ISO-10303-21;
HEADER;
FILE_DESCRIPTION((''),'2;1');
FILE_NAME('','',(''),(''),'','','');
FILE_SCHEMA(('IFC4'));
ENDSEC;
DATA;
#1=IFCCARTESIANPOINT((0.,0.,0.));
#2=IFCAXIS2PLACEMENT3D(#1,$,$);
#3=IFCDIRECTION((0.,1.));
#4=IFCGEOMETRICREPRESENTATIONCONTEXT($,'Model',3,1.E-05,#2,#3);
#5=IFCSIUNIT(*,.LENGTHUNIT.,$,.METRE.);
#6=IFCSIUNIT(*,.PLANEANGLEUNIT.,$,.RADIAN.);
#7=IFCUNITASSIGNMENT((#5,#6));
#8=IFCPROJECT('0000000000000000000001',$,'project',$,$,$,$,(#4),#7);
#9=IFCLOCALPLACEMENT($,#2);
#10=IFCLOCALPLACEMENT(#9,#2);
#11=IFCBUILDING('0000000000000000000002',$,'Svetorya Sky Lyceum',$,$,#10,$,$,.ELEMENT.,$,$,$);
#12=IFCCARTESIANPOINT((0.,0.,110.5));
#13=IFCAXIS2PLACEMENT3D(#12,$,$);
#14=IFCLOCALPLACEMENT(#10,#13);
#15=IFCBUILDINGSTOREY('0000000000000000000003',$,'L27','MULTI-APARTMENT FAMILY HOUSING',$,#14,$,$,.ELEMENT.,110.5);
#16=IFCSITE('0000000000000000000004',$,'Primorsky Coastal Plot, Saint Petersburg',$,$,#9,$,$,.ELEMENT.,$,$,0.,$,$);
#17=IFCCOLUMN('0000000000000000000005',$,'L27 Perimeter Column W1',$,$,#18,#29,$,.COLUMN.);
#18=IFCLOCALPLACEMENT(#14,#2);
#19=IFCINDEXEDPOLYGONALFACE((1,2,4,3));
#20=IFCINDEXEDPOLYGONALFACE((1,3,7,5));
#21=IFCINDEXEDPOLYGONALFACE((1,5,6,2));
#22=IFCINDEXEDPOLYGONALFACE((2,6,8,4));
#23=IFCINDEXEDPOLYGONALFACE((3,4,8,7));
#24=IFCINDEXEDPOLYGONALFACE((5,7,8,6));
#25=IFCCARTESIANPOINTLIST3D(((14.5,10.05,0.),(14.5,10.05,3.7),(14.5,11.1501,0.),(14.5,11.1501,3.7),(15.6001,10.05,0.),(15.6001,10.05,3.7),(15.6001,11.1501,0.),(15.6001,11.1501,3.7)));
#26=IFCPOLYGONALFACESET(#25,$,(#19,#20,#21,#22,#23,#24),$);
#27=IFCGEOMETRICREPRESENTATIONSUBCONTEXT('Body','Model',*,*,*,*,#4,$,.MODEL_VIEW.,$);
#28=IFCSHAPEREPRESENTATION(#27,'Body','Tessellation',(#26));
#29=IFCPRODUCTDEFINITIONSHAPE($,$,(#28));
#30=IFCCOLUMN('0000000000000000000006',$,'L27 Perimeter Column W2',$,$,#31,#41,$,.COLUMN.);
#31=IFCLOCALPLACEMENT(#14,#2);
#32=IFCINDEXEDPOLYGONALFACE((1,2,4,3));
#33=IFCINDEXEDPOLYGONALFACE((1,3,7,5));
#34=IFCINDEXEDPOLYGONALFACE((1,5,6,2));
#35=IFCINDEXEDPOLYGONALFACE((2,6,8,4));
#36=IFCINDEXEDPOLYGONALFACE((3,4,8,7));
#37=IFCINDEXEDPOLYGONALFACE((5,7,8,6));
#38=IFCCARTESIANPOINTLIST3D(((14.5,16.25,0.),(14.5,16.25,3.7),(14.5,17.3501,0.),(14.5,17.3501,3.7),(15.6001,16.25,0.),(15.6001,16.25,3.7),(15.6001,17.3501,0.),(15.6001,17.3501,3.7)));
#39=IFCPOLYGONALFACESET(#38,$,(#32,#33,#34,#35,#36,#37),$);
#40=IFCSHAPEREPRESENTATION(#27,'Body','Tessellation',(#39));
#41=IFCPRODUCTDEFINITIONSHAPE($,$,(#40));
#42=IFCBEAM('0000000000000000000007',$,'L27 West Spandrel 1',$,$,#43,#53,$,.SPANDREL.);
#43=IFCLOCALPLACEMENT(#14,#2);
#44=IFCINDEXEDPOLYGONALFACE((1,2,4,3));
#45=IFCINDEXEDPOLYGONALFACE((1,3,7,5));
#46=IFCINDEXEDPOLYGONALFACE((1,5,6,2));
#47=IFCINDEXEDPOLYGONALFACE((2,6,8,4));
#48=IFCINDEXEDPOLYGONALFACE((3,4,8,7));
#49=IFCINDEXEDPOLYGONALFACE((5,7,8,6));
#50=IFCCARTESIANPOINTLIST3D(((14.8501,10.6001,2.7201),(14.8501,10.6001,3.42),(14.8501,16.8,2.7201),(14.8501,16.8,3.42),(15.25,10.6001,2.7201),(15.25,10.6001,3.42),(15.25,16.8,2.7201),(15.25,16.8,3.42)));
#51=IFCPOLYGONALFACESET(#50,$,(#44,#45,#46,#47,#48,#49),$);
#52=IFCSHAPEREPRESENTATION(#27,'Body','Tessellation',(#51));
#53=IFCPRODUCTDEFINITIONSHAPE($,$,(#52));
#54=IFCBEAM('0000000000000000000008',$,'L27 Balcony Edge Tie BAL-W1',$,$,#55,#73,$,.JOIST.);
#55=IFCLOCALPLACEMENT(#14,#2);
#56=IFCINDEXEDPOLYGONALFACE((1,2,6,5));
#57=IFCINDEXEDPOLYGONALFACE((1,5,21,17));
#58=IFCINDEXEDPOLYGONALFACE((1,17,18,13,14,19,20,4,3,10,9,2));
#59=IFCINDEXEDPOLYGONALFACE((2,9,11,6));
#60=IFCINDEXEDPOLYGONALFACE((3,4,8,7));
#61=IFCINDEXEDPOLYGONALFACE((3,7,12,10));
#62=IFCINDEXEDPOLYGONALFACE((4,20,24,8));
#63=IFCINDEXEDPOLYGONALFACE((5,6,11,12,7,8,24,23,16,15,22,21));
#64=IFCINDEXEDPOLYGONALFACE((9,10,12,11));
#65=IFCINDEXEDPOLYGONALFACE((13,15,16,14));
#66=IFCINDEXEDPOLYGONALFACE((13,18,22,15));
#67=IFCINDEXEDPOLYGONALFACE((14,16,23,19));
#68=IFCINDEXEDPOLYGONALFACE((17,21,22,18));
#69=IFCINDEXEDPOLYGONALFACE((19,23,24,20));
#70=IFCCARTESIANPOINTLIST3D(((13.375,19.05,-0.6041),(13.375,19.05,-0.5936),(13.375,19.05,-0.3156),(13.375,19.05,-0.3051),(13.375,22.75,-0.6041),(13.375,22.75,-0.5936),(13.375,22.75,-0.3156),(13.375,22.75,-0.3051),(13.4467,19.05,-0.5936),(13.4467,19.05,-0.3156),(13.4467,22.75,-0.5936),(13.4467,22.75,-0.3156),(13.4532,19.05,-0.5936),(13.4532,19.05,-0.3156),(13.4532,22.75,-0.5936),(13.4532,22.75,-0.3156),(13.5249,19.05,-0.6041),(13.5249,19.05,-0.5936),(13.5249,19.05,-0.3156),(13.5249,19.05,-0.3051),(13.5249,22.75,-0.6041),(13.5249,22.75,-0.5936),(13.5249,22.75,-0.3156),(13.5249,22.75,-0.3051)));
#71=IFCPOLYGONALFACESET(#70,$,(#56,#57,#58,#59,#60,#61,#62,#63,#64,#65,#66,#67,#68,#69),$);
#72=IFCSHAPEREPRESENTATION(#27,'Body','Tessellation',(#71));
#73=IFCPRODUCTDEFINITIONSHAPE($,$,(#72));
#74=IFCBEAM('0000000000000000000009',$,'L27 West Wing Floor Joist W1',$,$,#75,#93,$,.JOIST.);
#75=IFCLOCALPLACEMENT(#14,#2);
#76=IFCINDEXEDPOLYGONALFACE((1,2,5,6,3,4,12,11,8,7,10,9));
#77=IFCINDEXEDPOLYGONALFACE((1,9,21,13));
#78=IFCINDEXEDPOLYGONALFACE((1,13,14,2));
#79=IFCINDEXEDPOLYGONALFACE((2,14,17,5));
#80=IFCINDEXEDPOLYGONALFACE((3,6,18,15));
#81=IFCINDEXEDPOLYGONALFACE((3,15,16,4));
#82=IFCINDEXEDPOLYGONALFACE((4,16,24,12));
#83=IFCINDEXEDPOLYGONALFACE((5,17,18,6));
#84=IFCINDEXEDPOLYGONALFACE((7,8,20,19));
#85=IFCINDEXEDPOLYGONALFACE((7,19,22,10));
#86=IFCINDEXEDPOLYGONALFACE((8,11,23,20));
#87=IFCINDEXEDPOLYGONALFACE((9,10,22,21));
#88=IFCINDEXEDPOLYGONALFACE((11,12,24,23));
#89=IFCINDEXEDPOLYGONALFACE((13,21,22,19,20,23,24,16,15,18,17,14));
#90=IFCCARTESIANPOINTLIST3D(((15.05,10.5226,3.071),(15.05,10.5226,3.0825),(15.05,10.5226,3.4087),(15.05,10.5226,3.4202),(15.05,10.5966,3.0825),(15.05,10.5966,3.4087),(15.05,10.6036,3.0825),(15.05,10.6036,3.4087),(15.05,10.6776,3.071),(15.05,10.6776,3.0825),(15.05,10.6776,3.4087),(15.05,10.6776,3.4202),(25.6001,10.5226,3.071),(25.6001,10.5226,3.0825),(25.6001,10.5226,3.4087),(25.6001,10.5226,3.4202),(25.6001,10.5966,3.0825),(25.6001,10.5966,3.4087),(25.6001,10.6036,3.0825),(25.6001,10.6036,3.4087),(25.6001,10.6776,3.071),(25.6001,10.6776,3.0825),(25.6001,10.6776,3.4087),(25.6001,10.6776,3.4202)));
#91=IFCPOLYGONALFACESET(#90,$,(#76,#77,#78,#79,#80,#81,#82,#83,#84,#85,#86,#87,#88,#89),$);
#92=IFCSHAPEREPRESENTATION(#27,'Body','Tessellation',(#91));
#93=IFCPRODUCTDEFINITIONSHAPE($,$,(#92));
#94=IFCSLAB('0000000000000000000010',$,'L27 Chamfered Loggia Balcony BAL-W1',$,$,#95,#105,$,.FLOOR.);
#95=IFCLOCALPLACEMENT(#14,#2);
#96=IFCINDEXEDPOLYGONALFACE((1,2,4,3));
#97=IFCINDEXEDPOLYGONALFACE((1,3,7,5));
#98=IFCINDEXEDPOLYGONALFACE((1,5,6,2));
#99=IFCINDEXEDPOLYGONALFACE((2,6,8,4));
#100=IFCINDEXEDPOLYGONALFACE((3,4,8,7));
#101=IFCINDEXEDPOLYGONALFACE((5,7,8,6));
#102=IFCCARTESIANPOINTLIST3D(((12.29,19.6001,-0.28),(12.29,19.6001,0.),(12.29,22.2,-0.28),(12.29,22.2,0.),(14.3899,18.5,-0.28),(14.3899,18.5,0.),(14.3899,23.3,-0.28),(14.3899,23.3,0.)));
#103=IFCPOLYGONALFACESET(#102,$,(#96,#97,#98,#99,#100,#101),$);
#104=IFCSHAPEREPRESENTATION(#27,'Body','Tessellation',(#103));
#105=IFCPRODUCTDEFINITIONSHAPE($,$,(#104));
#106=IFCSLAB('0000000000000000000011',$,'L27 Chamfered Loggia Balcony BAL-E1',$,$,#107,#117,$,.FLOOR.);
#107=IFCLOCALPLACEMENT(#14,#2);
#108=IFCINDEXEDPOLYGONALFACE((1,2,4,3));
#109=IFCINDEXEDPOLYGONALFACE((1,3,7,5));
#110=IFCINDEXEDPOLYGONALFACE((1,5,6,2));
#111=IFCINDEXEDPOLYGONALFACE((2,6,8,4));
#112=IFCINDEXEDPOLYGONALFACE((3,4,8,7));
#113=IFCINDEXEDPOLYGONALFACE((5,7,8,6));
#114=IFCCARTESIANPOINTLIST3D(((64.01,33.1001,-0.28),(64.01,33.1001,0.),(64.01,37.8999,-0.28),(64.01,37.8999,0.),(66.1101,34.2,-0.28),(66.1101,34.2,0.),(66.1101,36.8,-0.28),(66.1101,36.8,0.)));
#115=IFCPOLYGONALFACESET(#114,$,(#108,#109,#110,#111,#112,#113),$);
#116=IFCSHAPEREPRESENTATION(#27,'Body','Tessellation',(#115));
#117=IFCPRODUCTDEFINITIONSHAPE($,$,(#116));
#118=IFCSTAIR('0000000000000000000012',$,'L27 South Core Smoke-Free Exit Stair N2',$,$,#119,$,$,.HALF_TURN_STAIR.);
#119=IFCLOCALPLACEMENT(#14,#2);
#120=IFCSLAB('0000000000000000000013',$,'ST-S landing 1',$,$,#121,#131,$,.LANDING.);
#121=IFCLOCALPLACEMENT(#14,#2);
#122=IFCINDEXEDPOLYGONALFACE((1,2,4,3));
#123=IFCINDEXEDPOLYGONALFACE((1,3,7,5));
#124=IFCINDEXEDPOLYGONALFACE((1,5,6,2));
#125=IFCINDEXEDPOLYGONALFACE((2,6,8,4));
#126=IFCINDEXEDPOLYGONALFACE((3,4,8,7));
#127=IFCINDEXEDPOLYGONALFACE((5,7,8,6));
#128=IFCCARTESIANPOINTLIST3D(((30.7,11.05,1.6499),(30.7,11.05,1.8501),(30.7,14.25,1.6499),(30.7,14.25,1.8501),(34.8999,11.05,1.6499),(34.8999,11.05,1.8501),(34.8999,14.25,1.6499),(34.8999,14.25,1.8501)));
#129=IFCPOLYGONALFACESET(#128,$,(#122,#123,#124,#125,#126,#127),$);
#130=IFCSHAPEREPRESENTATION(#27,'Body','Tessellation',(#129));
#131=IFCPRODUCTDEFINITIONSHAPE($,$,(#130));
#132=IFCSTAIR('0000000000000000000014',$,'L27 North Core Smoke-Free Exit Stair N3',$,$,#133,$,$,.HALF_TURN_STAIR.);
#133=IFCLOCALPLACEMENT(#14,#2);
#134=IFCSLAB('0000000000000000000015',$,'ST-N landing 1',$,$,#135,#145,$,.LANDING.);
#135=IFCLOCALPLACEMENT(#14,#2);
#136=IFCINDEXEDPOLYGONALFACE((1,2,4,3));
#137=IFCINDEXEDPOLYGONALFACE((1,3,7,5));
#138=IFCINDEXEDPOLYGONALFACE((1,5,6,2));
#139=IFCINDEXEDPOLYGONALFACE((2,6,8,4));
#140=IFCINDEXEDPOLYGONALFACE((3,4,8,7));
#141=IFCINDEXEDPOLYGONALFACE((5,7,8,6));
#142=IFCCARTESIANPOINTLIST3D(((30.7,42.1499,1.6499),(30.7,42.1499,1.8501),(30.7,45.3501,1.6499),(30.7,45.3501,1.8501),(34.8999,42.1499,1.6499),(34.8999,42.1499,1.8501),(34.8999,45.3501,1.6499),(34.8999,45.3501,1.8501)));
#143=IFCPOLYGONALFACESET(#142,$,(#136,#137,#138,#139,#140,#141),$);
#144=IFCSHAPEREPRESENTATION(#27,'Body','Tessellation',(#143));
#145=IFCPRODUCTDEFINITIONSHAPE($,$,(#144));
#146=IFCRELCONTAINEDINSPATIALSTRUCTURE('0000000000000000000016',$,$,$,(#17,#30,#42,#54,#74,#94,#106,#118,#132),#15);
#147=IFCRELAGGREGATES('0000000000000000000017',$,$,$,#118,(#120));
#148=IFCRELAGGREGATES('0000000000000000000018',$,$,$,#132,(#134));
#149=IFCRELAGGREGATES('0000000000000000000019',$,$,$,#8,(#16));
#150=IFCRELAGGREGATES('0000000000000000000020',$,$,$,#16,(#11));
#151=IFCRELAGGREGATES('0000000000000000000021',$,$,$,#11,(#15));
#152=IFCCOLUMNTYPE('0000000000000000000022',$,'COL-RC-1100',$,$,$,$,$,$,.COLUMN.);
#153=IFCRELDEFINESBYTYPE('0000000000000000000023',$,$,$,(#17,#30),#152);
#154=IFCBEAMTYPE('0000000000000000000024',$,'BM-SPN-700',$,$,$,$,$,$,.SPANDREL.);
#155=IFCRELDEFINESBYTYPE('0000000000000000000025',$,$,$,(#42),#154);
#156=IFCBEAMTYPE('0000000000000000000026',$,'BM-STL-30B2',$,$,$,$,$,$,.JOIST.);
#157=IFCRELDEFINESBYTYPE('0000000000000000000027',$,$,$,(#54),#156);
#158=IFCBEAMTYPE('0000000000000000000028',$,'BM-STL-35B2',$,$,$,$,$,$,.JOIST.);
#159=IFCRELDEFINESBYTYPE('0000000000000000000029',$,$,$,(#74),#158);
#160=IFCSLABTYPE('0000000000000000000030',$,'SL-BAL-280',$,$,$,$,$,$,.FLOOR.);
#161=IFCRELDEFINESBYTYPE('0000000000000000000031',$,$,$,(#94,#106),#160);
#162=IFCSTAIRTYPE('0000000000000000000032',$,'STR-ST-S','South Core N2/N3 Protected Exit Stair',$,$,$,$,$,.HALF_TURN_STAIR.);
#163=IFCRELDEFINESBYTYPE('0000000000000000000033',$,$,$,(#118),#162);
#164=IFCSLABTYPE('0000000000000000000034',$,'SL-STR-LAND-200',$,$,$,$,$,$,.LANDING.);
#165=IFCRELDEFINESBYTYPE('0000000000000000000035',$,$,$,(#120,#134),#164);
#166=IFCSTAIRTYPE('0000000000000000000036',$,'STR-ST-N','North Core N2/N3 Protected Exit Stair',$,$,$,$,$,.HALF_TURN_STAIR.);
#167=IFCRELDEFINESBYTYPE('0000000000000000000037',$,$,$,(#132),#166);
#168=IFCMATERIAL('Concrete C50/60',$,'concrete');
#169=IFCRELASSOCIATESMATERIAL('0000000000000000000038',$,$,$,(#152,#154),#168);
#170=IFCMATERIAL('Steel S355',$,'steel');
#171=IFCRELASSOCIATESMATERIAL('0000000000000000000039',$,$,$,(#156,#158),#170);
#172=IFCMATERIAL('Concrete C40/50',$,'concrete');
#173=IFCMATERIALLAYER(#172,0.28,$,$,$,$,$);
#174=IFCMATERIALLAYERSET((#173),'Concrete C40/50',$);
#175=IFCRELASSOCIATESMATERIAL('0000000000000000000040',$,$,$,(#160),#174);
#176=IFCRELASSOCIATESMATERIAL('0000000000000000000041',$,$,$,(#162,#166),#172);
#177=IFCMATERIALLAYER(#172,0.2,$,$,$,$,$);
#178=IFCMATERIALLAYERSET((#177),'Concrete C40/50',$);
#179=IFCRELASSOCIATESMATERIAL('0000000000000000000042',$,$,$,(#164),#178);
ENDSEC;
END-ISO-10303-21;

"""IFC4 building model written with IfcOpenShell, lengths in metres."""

from ifc_helpers import new_model, si_unit, direction, frame, origin, origin_2d, place, context, subcontext, project, spatial, polyline, rectangle, i_section, outline, extrude, material, layer, layer_set, material_profile, profile_set, type_object, element, aggregate, save


model = new_model("IFC4")

# Units and contexts
model_context = context("Model", 3, precision=1e-05, world=origin(), true_north=direction((0.0, 1.0)))
body_context = subcontext(model_context, "Body", "Model", "MODEL_VIEW")
ifc_project = project(units=[si_unit("LENGTHUNIT", "METRE"), si_unit("PLANEANGLEUNIT", "RADIAN")], contexts=[model_context])

# Site, building, storey
site_placement = place(None, origin())
site = spatial("IfcSite", under=ifc_project, at=site_placement, Name="Primorsky Coastal Plot, Saint Petersburg", CompositionType="ELEMENT", RefElevation=0.0)
building_placement = place(site_placement, origin())
building = spatial("IfcBuilding", under=site, at=building_placement, Name="Svetorya Sky Lyceum", CompositionType="ELEMENT")
storey_placement = place(building_placement, frame((0.0, 0.0, 110.5)))
storey = spatial("IfcBuildingStorey", under=building, at=storey_placement, Name="L27", Description="MULTI-APARTMENT FAMILY HOUSING", CompositionType="ELEMENT", Elevation=110.5)

# Columns
ifc_material_1 = material(Name="Concrete C50/60", Category="concrete")
ifc_material_profile_1 = material_profile(ifc_material_1, rectangle(XDim=1.1001, YDim=1.1001, at=origin_2d()), Name="RC COL 1100x1100")
ifc_profile_set_1 = profile_set([ifc_material_profile_1], Name="Concrete C50/60")
column_type = type_object("IfcColumnType", Name="COL-RC-1100", PredefinedType="COLUMN", material=ifc_profile_set_1)
for number, where, z_axis, x_axis, name in (
    (1, (15.05, 10.6001, 0.0), (0.0, 0.0, 1.0), (1.0, 0.0, 0.0), "L27 Perimeter Column W1"),
    (2, (15.05, 16.8, 0.0), (0.0, 0.0, 1.0), (1.0, 0.0, 0.0), "L27 Perimeter Column W2"),
):
    element("IfcColumn", number, at=place(storey_placement, frame(where, z_axis=z_axis, x_axis=x_axis)), inside=storey, type_object=column_type, Name=name, PredefinedType="COLUMN", context=body_context, shape_type="SweptSolid", body=[
        extrude(rectangle(XDim=1.1001, YDim=1.1001, at=origin_2d()), origin(), (0.0, 0.0, 1.0), 3.7),
    ])

# Beams
ifc_material_profile_2 = material_profile(ifc_material_1, rectangle(XDim=0.3999, YDim=0.7, at=origin_2d()), Name="RC SPANDREL 400x700")
ifc_profile_set_2 = profile_set([ifc_material_profile_2], Name="Concrete C50/60")
beam_type_1 = type_object("IfcBeamType", Name="BM-SPN-700", PredefinedType="SPANDREL", material=ifc_profile_set_2)
beam_1_placement = place(storey_placement, frame((15.05, 10.6001, 3.0701), z_axis=(0.0, 1.0, 0.0), x_axis=(-1.0, 0.0, 0.0)))
element("IfcBeam", 3, at=beam_1_placement, inside=storey, type_object=beam_type_1, Name="L27 West Spandrel 1", PredefinedType="SPANDREL", context=body_context, shape_type="SweptSolid", body=[
    extrude(rectangle(XDim=0.3999, YDim=0.7, at=origin_2d()), origin(), (0.0, 0.0, 1.0), 6.2),
])
ifc_material_2 = material(Name="Steel S355", Category="steel")
ifc_material_profile_3 = material_profile(ifc_material_2, i_section(OverallWidth=0.1499, OverallDepth=0.2991, WebThickness=0.0066, FlangeThickness=0.0105, at=origin_2d()), Name="GOST 30B2")
ifc_profile_set_3 = profile_set([ifc_material_profile_3], Name="Steel S355")
beam_type_2 = type_object("IfcBeamType", Name="BM-STL-30B2", PredefinedType="JOIST", material=ifc_profile_set_3)
beam_2_placement = place(storey_placement, frame((13.45, 19.05, -0.4546), z_axis=(0.0, 1.0, 0.0), x_axis=(-1.0, 0.0, 0.0)))
element("IfcBeam", 4, at=beam_2_placement, inside=storey, type_object=beam_type_2, Name="L27 Balcony Edge Tie BAL-W1", PredefinedType="JOIST", context=body_context, shape_type="SweptSolid", body=[
    extrude(i_section(OverallWidth=0.1499, OverallDepth=0.2991, WebThickness=0.0066, FlangeThickness=0.0105, at=origin_2d()), origin(), (0.0, 0.0, 1.0), 3.7),
])
ifc_material_profile_4 = material_profile(ifc_material_2, i_section(OverallWidth=0.155, OverallDepth=0.3491, WebThickness=0.0071, FlangeThickness=0.0115, at=origin_2d()), Name="GOST 35B2")
ifc_profile_set_4 = profile_set([ifc_material_profile_4], Name="Steel S355")
beam_type_3 = type_object("IfcBeamType", Name="BM-STL-35B2", PredefinedType="JOIST", material=ifc_profile_set_4)
beam_3_placement = place(storey_placement, frame((15.05, 10.6001, 3.2456), z_axis=(1.0, 0.0, 0.0), x_axis=(0.0, 1.0, 0.0)))
element("IfcBeam", 5, at=beam_3_placement, inside=storey, type_object=beam_type_3, Name="L27 West Wing Floor Joist W1", PredefinedType="JOIST", context=body_context, shape_type="SweptSolid", body=[
    extrude(i_section(OverallWidth=0.155, OverallDepth=0.3491, WebThickness=0.0071, FlangeThickness=0.0115, at=origin_2d()), origin(), (0.0, 0.0, 1.0), 10.55),
])

# Slabs
ifc_material_3 = material(Name="Concrete C40/50", Category="concrete")
ifc_layer_1 = layer(ifc_material_3, 0.28)
ifc_layer_set_1 = layer_set([ifc_layer_1], Name="Concrete C40/50")
slab_type_1 = type_object("IfcSlabType", Name="SL-BAL-280", PredefinedType="FLOOR", material=ifc_layer_set_1)
slab_1_placement = place(storey_placement, frame((0.0, 0.0, -0.28)))
element("IfcSlab", 6, at=slab_1_placement, inside=storey, type_object=slab_type_1, Name="L27 Chamfered Loggia Balcony BAL-W1", PredefinedType="FLOOR", context=body_context, shape_type="SweptSolid", body=[
    extrude(outline(polyline([(14.3899, 18.5), (14.3899, 23.3), (12.29, 22.2), (12.29, 19.6001), (14.3899, 18.5)])), origin(), (0.0, 0.0, 1.0), 0.28),
])
slab_2_placement = place(storey_placement, frame((0.0, 0.0, -0.28)))
element("IfcSlab", 7, at=slab_2_placement, inside=storey, type_object=slab_type_1, Name="L27 Chamfered Loggia Balcony BAL-E1", PredefinedType="FLOOR", context=body_context, shape_type="SweptSolid", body=[
    extrude(outline(polyline([(64.01, 33.1001), (66.1101, 34.2), (66.1101, 36.8), (64.01, 37.8999), (64.01, 33.1001)])), origin(), (0.0, 0.0, 1.0), 0.28),
])

# Stairs, slabs
stair_type_1 = type_object("IfcStairType", Name="STR-ST-S", Description="South Core N2/N3 Protected Exit Stair", PredefinedType="HALF_TURN_STAIR", material=ifc_material_3)
stair_1_placement = place(storey_placement, origin())
stair_1 = element("IfcStair", 8, at=stair_1_placement, inside=storey, type_object=stair_type_1, Name="L27 South Core Smoke-Free Exit Stair N2", PredefinedType="HALF_TURN_STAIR")
ifc_layer_2 = layer(ifc_material_3, 0.2)
ifc_layer_set_2 = layer_set([ifc_layer_2], Name="Concrete C40/50")
slab_type_2 = type_object("IfcSlabType", Name="SL-STR-LAND-200", PredefinedType="LANDING", material=ifc_layer_set_2)
slab_3_placement = place(storey_placement, frame((0.0, 0.0, 1.6499)))
slab_3 = element("IfcSlab", 9, at=slab_3_placement, type_object=slab_type_2, Name="ST-S landing 1", PredefinedType="LANDING", context=body_context, shape_type="SweptSolid", body=[
    extrude(outline(polyline([(30.7, 11.05), (34.8999, 11.05), (34.8999, 14.25), (30.7, 14.25), (30.7, 11.05)])), origin(), (0.0, 0.0, 1.0), 0.2002),
])
aggregate(stair_1, [slab_3])
stair_type_2 = type_object("IfcStairType", Name="STR-ST-N", Description="North Core N2/N3 Protected Exit Stair", PredefinedType="HALF_TURN_STAIR", material=ifc_material_3)
stair_2_placement = place(storey_placement, origin())
stair_2 = element("IfcStair", 10, at=stair_2_placement, inside=storey, type_object=stair_type_2, Name="L27 North Core Smoke-Free Exit Stair N3", PredefinedType="HALF_TURN_STAIR")
slab_4_placement = place(storey_placement, frame((0.0, 0.0, 1.6499)))
slab_4 = element("IfcSlab", 11, at=slab_4_placement, type_object=slab_type_2, Name="ST-N landing 1", PredefinedType="LANDING", context=body_context, shape_type="SweptSolid", body=[
    extrude(outline(polyline([(30.7, 42.1499), (34.8999, 42.1499), (34.8999, 45.3501), (30.7, 45.3501), (30.7, 42.1499)])), origin(), (0.0, 0.0, 1.0), 0.2002),
])
aggregate(stair_2, [slab_4])

save(model, "model.ifc")
